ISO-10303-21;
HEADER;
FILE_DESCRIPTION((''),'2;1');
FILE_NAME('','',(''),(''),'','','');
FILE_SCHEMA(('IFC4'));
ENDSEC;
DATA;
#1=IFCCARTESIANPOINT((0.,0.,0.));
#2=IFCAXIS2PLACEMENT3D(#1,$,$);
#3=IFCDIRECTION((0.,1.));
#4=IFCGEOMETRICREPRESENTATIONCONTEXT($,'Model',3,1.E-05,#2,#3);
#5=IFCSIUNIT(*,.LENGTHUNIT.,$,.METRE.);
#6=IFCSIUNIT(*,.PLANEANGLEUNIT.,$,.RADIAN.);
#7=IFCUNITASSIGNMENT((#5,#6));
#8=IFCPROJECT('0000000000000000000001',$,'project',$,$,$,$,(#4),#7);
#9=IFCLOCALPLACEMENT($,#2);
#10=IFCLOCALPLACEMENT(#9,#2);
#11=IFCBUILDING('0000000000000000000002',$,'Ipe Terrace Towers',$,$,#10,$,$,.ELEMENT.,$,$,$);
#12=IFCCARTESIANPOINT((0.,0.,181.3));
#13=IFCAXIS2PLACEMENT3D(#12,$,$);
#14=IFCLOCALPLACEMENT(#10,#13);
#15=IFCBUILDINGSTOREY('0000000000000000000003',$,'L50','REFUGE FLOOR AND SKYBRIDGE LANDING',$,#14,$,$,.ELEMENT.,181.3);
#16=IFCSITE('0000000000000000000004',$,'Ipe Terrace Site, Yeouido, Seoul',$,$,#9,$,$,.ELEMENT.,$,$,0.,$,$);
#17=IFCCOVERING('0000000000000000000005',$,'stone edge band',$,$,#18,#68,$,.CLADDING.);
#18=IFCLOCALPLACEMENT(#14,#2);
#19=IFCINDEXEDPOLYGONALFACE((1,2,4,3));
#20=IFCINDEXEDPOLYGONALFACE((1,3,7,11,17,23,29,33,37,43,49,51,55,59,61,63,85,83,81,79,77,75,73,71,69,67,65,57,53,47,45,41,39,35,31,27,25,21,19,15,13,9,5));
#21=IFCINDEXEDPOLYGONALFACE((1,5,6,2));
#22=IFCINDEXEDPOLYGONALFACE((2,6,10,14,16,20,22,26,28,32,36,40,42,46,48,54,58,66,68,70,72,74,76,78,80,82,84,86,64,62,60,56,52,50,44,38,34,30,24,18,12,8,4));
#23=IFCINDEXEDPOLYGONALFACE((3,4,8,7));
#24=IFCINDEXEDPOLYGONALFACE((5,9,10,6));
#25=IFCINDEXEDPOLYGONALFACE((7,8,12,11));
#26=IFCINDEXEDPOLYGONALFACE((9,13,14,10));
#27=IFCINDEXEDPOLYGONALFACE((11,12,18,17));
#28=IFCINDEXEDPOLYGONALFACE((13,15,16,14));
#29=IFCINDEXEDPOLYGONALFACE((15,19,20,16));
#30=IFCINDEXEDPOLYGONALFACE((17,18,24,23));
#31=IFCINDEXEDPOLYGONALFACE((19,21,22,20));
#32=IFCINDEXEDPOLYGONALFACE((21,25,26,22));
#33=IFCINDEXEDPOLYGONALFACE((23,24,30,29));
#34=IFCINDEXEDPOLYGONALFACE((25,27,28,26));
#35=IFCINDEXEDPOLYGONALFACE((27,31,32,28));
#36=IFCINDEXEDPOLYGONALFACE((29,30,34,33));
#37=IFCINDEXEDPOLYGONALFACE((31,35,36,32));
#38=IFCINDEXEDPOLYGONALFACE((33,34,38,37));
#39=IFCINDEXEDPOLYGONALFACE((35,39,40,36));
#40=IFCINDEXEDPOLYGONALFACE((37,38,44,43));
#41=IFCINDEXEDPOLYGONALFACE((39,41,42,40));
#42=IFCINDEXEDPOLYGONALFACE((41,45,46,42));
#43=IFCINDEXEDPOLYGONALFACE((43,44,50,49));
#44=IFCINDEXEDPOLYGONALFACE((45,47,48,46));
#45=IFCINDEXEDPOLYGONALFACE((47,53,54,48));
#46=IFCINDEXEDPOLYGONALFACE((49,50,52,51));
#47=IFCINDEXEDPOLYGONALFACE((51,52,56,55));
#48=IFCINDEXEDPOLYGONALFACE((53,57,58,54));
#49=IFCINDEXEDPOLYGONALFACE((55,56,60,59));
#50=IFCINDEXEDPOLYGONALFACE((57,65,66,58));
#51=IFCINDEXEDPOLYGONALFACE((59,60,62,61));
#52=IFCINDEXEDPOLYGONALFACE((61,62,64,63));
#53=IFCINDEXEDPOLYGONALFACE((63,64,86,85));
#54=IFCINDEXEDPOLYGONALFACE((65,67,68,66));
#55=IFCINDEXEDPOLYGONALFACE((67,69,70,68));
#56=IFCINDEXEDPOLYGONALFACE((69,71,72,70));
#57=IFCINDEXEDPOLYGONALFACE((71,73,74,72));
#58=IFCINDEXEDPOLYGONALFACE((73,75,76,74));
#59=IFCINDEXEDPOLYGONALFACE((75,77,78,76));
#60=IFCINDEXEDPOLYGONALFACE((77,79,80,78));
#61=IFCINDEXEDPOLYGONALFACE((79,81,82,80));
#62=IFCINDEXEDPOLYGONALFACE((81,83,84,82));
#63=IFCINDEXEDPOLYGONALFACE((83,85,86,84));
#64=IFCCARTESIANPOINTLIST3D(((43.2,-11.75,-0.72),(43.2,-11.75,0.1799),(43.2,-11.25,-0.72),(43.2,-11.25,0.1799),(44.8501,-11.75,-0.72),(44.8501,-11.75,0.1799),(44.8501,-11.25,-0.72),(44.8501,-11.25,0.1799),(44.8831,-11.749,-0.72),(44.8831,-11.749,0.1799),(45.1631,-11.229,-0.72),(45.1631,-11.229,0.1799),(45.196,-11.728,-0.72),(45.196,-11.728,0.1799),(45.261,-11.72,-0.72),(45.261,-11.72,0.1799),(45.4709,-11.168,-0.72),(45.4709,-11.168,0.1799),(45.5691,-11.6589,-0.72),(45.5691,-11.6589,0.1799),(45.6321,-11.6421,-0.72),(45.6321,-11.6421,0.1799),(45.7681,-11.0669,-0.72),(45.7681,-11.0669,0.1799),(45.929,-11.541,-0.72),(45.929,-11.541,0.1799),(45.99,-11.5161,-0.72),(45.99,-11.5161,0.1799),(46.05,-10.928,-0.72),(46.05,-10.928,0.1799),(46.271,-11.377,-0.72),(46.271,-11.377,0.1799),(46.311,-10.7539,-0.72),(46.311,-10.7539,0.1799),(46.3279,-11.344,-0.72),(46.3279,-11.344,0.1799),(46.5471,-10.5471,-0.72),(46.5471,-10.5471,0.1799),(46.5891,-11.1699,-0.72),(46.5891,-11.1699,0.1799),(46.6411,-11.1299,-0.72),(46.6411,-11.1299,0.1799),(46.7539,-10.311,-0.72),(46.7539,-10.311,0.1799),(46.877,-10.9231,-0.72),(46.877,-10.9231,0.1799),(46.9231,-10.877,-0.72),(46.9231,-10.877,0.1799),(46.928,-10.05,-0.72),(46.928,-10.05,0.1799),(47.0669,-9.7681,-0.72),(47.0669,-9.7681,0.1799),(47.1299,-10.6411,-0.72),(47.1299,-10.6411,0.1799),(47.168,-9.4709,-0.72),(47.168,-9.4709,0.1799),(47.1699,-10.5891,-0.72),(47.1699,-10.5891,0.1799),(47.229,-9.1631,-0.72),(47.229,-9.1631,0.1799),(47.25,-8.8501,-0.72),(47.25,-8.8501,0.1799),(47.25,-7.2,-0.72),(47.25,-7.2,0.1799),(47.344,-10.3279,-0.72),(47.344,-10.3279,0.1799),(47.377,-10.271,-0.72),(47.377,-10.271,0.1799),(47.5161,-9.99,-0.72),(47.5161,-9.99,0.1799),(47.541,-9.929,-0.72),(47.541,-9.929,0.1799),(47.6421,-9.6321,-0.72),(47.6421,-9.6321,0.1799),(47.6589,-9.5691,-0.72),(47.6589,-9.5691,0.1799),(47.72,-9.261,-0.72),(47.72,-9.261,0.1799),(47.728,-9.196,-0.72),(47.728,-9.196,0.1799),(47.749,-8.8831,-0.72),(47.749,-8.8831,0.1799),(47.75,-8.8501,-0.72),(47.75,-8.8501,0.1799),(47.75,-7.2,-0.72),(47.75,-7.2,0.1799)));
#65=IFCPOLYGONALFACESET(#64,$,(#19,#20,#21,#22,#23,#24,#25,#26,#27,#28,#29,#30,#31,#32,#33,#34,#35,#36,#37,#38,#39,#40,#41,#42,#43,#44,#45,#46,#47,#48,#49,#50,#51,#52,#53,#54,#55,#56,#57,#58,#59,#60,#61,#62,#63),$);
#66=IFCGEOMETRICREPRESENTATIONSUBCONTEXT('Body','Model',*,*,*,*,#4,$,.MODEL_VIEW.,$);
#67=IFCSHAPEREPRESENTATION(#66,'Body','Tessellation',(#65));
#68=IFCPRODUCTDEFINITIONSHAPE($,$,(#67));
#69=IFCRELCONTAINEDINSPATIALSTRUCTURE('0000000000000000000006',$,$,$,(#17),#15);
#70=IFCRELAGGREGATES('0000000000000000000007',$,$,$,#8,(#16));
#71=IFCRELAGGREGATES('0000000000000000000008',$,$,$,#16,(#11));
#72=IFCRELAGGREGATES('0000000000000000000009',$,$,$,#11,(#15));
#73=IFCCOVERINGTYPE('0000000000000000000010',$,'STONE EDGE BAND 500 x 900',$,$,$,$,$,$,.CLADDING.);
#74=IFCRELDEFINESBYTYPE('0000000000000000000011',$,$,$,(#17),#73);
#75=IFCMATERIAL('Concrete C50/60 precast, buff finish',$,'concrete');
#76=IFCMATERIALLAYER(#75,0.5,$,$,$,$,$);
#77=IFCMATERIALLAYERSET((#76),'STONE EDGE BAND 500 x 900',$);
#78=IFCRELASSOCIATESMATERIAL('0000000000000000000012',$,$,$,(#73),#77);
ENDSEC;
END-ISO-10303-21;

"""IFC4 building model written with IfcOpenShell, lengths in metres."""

from ifc_helpers import new_model, si_unit, direction, frame, origin, place, context, subcontext, project, spatial, polyline, outline, extrude, material, layer, layer_set, type_object, element, save


model = new_model("IFC4")

# Units and contexts
model_context = context("Model", 3, precision=1e-05, world=origin(), true_north=direction((0.0, 1.0)))
body_context = subcontext(model_context, "Body", "Model", "MODEL_VIEW")
ifc_project = project(units=[si_unit("LENGTHUNIT", "METRE"), si_unit("PLANEANGLEUNIT", "RADIAN")], contexts=[model_context])

# Site, building, storey
site_placement = place(None, origin())
site = spatial("IfcSite", under=ifc_project, at=site_placement, Name="Ipe Terrace Site, Yeouido, Seoul", CompositionType="ELEMENT", RefElevation=0.0)
building_placement = place(site_placement, origin())
building = spatial("IfcBuilding", under=site, at=building_placement, Name="Ipe Terrace Towers", CompositionType="ELEMENT")
storey_placement = place(building_placement, frame((0.0, 0.0, 181.3)))
storey = spatial("IfcBuildingStorey", under=building, at=storey_placement, Name="L50", Description="REFUGE FLOOR AND SKYBRIDGE LANDING", CompositionType="ELEMENT", Elevation=181.3)

# Covering
ifc_material_1 = material(Name="Concrete C50/60 precast, buff finish", Category="concrete")
ifc_layer_1 = layer(ifc_material_1, 0.5)
ifc_layer_set_1 = layer_set([ifc_layer_1], Name="STONE EDGE BAND 500 x 900")
covering_type = type_object("IfcCoveringType", Name="STONE EDGE BAND 500 x 900", PredefinedType="CLADDING", material=ifc_layer_set_1)
covering_1_placement = place(storey_placement, frame((0.0, 0.0, -0.72)))
element("IfcCovering", 1, at=covering_1_placement, inside=storey, type_object=covering_type, Name="stone edge band", PredefinedType="CLADDING", context=body_context, shape_type="SweptSolid", body=[
    extrude(outline(polyline([(47.75, -8.8501), (47.75, -7.2), (47.25, -7.2), (47.25, -8.8501), (47.229, -9.1631), (47.168, -9.4709), (47.0669, -9.7681), (46.928, -10.05), (46.7539, -10.311), (46.5471, -10.5471), (46.311, -10.7539), (46.05, -10.928), (45.7681, -11.0669), (45.4709, -11.168), (45.1631, -11.229), (44.8501, -11.25), (43.2, -11.25), (43.2, -11.75), (44.8501, -11.75), (44.8831, -11.749), (45.196, -11.728), (45.261, -11.72), (45.5691, -11.6589), (45.6321, -11.6421), (45.929, -11.541), (45.99, -11.5161), (46.271, -11.377), (46.3279, -11.344), (46.5891, -11.1699), (46.6411, -11.1299), (46.877, -10.9231), (46.9231, -10.877), (47.1299, -10.6411), (47.1699, -10.5891), (47.344, -10.3279), (47.377, -10.271), (47.5161, -9.99), (47.541, -9.929), (47.6421, -9.6321), (47.6589, -9.5691), (47.72, -9.261), (47.728, -9.196), (47.749, -8.8831), (47.75, -8.8501)])), origin(), (0.0, 0.0, 1.0), 0.8999),
])

save(model, "model.ifc")
